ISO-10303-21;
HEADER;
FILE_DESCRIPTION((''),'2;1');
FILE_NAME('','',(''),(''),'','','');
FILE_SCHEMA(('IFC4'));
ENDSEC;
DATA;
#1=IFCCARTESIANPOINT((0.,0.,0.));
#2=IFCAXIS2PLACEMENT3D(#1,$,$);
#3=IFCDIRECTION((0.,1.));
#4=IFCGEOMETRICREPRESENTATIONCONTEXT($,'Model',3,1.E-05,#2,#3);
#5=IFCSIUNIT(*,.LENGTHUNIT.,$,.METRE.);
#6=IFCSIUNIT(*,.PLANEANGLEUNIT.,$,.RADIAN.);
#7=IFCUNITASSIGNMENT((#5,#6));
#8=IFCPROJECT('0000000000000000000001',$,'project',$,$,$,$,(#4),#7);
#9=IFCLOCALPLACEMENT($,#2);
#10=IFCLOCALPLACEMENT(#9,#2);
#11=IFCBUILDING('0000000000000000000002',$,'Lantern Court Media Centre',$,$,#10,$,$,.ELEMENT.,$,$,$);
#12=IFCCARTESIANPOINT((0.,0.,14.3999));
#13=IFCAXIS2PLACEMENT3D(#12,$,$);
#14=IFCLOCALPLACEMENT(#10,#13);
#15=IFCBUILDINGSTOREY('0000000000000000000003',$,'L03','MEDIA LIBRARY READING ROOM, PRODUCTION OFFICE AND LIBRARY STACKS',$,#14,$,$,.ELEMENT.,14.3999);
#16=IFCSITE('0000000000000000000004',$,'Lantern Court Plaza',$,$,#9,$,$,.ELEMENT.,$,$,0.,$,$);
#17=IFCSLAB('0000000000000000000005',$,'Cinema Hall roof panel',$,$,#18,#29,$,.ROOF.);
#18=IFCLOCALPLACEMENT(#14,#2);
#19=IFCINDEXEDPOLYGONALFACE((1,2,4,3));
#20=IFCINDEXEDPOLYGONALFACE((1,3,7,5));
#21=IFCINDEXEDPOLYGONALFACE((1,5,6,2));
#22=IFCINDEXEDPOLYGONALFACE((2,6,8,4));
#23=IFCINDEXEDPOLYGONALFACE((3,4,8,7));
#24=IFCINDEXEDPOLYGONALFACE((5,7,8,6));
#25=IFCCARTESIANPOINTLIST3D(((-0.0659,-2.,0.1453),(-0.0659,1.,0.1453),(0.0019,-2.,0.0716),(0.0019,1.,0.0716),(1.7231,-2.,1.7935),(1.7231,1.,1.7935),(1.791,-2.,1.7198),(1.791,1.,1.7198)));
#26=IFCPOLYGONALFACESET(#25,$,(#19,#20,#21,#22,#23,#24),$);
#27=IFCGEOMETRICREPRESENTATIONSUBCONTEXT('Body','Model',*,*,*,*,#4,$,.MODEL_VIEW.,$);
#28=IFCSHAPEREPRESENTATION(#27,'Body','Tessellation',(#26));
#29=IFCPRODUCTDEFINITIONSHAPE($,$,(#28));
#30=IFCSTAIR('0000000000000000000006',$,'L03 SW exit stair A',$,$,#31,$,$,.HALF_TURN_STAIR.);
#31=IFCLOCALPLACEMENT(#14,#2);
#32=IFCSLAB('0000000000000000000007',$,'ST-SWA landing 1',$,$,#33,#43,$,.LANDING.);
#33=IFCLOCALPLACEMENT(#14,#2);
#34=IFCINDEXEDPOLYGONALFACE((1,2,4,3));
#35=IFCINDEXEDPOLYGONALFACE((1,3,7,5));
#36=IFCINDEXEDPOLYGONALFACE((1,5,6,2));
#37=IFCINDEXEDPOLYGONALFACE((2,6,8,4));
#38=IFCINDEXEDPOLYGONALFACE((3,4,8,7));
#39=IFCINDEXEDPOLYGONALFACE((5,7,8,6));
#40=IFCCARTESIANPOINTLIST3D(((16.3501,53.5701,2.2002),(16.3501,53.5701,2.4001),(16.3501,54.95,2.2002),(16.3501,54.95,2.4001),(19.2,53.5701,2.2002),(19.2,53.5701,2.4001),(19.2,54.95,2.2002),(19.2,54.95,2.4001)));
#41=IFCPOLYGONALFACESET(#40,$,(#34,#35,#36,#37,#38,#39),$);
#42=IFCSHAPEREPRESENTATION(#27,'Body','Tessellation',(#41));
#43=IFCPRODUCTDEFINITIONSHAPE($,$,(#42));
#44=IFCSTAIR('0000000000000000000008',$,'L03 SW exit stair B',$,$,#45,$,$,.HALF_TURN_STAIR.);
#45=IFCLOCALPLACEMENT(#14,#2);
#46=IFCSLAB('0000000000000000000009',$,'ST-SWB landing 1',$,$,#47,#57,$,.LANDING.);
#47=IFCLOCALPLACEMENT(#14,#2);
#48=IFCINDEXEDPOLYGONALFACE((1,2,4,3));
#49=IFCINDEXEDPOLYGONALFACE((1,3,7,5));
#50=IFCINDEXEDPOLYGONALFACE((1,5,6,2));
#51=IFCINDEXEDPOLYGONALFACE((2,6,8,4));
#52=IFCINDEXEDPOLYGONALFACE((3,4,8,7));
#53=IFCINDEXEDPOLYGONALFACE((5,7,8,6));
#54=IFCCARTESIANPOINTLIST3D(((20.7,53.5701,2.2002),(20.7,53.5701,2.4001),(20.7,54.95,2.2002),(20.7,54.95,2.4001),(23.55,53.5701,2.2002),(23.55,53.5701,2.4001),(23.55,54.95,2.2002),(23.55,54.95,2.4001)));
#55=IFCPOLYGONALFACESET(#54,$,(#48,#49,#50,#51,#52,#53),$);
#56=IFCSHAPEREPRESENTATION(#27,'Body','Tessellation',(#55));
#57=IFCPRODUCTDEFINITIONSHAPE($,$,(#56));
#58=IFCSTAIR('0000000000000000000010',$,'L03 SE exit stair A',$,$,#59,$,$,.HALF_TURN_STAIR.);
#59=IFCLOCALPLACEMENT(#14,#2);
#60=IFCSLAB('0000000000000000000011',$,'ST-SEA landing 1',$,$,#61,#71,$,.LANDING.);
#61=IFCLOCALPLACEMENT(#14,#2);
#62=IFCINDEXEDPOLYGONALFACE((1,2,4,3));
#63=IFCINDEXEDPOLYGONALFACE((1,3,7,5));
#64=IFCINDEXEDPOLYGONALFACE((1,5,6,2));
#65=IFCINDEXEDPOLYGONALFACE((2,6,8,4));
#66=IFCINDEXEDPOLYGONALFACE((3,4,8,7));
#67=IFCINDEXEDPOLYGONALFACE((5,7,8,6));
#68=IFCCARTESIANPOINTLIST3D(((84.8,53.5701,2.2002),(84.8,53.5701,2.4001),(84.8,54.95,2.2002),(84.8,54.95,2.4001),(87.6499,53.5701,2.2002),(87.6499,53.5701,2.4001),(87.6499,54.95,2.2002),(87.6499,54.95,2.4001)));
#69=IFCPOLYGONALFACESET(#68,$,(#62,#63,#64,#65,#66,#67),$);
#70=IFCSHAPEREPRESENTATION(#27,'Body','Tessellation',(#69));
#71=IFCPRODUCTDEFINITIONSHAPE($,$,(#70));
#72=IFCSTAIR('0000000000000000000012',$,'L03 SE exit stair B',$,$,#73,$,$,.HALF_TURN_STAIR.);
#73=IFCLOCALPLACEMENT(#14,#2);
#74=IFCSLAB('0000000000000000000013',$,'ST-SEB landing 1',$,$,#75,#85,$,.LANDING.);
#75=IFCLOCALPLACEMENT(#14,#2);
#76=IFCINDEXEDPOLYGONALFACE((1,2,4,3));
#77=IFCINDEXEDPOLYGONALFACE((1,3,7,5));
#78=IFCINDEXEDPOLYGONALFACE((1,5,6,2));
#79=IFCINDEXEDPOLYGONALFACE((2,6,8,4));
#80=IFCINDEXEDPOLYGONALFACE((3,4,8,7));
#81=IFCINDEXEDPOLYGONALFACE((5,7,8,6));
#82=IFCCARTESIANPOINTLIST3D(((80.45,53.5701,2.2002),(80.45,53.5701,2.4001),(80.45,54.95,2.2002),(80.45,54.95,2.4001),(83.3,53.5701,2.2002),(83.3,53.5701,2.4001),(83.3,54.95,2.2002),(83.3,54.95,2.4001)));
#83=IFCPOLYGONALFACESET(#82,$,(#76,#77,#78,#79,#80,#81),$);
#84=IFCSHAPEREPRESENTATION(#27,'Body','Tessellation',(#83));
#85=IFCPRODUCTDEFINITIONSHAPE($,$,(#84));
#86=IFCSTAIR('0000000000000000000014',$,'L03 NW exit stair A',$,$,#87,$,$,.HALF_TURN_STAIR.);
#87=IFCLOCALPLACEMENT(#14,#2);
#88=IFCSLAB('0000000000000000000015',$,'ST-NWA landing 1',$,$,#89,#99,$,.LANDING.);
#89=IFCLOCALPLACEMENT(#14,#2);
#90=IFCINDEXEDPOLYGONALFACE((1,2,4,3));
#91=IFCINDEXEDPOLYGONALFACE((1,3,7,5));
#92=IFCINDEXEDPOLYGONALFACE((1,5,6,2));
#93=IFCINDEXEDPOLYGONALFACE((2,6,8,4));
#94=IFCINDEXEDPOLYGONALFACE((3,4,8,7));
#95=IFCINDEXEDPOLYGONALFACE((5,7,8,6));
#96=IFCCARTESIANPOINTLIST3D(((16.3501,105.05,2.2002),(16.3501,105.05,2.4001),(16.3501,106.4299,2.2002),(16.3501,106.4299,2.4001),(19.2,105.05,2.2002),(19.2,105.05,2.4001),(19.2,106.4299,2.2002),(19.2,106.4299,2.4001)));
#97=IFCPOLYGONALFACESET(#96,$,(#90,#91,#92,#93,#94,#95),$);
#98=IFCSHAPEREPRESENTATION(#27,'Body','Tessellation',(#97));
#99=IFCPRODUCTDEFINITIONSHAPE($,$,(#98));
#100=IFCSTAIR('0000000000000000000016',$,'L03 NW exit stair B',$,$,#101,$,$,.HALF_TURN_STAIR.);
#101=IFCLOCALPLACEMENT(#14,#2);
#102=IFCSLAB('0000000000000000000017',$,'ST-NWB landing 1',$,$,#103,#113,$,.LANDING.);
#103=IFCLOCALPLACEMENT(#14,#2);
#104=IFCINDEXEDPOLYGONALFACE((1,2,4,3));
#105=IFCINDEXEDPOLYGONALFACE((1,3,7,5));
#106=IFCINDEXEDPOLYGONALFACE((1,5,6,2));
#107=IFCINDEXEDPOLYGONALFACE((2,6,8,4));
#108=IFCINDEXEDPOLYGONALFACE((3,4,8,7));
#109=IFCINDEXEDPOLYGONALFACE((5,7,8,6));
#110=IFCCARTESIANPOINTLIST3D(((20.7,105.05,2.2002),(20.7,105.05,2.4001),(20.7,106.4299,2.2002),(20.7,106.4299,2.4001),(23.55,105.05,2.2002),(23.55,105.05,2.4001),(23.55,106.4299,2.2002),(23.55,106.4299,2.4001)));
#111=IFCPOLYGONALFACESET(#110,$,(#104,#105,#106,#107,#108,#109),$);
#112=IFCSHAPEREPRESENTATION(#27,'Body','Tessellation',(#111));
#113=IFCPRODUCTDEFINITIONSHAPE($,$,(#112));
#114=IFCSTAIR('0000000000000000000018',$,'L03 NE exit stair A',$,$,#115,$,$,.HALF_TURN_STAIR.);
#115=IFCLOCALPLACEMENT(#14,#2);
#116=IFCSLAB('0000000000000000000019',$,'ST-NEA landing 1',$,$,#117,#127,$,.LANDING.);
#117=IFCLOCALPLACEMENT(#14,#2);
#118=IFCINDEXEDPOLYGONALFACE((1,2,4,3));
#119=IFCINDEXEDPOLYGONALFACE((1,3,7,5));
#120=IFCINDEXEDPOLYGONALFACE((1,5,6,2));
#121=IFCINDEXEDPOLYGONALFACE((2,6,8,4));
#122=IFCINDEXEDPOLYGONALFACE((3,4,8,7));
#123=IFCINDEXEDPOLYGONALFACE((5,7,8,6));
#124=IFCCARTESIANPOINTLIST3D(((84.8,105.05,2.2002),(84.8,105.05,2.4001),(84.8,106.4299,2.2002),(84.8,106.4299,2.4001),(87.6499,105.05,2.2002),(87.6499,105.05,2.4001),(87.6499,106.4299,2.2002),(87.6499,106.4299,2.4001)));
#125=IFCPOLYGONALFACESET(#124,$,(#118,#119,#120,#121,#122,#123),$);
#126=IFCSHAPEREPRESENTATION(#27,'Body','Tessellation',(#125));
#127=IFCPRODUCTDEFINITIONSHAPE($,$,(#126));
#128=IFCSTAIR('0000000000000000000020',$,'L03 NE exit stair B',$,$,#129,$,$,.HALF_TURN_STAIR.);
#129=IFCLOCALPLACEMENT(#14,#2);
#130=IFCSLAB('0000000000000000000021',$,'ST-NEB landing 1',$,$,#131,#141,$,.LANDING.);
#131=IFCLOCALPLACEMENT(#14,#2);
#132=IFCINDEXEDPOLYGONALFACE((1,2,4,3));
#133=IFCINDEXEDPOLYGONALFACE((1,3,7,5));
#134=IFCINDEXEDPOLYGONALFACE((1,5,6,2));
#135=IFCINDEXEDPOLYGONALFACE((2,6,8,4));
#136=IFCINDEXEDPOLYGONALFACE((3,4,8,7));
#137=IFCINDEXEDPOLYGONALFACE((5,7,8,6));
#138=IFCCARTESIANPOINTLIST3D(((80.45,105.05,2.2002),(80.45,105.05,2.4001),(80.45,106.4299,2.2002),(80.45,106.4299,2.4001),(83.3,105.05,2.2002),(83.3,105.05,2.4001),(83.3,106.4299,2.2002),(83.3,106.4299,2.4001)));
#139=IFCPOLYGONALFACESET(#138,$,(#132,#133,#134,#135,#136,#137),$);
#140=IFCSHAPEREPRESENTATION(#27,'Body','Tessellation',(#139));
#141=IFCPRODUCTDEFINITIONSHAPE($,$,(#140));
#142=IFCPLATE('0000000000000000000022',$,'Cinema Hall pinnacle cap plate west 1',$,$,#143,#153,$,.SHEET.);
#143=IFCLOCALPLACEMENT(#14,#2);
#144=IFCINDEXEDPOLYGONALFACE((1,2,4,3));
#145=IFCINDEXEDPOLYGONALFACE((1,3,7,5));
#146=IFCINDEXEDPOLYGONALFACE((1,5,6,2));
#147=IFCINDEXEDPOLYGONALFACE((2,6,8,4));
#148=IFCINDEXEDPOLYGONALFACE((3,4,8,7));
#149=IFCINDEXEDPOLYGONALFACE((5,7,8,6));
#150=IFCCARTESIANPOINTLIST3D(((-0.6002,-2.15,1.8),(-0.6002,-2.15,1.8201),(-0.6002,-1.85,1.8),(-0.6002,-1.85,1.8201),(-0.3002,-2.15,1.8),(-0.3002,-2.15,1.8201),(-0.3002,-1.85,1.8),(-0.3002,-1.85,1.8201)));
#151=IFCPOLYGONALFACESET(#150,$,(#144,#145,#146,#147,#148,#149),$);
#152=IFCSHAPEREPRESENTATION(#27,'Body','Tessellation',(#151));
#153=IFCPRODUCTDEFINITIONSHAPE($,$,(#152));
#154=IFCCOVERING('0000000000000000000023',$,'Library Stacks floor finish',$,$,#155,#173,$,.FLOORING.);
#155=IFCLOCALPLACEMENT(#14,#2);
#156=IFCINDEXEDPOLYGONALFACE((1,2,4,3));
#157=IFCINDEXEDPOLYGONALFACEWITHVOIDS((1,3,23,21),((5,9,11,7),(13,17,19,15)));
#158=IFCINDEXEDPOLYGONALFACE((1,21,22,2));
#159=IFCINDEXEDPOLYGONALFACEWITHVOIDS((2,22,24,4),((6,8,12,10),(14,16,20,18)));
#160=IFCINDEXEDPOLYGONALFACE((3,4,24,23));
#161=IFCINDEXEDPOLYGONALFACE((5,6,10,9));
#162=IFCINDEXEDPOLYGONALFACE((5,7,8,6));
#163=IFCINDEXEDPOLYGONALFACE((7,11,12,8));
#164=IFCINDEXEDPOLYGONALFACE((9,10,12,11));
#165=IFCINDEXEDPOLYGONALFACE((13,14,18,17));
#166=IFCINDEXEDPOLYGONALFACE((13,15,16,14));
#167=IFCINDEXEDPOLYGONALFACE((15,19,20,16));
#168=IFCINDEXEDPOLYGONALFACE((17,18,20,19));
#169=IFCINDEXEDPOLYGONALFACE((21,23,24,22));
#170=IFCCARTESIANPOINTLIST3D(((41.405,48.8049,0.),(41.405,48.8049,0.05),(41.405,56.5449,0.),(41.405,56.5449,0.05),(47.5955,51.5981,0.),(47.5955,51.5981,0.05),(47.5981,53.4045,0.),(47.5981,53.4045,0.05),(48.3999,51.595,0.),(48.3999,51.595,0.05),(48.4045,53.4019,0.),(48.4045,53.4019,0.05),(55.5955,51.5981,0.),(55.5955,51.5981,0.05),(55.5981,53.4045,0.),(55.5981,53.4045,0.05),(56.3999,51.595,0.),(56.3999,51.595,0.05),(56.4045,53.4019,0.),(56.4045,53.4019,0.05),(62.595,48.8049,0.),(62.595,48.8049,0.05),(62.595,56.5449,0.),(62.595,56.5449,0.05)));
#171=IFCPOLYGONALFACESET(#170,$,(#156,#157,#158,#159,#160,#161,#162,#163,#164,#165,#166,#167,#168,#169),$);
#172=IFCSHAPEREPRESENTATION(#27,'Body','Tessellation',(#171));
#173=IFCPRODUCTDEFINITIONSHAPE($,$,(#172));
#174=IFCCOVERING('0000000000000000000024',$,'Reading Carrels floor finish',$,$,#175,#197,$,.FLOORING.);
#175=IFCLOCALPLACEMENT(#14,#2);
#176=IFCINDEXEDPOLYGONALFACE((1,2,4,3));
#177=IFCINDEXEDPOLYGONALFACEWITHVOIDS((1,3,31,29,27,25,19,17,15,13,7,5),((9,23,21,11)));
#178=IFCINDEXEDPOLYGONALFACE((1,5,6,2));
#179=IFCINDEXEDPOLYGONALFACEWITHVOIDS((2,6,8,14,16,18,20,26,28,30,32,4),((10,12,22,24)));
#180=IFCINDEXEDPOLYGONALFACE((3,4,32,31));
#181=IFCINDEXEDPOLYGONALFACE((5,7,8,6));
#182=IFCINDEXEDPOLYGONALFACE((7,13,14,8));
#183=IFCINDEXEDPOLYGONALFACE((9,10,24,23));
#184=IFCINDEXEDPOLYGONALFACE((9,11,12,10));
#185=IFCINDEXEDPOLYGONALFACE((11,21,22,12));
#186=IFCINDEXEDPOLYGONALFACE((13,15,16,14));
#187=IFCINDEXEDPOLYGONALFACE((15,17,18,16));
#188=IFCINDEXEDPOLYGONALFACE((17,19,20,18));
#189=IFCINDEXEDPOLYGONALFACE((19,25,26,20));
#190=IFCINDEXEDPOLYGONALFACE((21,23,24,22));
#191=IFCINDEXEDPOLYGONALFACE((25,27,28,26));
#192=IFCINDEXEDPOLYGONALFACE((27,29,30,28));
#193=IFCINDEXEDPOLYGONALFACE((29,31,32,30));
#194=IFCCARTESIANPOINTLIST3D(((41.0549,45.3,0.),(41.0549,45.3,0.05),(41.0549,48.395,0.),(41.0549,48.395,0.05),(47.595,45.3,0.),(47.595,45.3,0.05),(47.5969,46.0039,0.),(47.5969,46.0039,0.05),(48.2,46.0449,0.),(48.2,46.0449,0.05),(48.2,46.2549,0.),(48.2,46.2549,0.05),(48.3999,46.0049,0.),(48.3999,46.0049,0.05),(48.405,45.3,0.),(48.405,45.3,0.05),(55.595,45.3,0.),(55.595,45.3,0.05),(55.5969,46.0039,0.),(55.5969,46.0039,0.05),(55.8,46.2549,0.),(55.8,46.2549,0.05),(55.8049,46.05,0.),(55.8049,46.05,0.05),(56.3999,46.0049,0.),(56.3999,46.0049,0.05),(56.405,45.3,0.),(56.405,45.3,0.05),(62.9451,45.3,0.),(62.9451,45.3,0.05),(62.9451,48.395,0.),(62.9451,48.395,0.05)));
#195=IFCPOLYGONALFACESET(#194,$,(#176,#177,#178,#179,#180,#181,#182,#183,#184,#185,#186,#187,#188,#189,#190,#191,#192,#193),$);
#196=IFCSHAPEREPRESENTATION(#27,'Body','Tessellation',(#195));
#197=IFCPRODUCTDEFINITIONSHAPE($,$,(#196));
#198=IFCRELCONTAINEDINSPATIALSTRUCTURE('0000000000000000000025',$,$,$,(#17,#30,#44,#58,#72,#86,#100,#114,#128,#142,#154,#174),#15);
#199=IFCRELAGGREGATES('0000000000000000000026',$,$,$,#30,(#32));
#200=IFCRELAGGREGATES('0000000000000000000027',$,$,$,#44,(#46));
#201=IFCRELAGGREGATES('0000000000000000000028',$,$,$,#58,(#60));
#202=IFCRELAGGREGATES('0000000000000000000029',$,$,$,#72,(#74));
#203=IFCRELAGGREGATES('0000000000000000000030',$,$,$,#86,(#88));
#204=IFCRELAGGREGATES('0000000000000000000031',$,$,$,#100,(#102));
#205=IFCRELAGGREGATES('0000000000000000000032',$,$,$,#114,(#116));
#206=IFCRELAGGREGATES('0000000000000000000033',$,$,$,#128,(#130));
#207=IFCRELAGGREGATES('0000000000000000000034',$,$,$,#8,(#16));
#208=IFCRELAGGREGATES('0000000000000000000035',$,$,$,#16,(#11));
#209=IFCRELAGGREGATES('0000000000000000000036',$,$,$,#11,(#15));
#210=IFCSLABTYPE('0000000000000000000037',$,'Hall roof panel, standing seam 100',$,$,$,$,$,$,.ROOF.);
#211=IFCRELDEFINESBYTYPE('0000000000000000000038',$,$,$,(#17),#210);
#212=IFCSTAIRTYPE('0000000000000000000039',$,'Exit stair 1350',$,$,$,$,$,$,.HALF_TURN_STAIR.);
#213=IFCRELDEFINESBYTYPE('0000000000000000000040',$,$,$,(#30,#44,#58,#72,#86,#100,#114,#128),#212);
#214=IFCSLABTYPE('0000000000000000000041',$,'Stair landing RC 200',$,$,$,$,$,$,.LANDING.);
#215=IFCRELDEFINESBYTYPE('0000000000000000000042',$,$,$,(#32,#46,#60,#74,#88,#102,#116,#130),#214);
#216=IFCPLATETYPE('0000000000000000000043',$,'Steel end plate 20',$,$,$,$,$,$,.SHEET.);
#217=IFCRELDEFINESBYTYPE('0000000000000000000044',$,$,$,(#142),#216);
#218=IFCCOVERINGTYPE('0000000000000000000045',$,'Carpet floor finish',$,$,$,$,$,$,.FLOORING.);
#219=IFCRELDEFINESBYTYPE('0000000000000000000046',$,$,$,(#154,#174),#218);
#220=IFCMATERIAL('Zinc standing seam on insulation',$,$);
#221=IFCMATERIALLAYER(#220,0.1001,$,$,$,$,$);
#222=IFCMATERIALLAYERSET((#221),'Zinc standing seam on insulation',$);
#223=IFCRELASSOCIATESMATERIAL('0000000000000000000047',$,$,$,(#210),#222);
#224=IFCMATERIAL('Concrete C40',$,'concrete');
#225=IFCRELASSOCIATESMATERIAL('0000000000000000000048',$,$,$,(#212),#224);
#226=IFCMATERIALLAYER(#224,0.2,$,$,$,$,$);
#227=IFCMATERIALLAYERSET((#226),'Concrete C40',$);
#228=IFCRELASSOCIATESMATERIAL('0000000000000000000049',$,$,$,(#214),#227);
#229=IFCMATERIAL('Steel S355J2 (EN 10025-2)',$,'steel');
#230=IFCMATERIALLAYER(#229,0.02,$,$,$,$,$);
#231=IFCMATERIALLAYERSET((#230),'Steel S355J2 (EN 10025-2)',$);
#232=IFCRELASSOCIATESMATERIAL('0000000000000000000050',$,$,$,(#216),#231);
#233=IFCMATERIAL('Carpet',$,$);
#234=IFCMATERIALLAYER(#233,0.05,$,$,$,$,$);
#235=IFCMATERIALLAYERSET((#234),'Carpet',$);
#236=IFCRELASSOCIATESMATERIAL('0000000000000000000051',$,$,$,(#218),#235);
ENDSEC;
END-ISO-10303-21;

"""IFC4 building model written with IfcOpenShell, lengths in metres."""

from ifc_helpers import new_model, si_unit, direction, frame, origin, origin_2d, place, context, subcontext, project, spatial, polyline, rectangle, outline, extrude, material, layer, layer_set, type_object, element, aggregate, save


model = new_model("IFC4")

# Units and contexts
model_context = context("Model", 3, precision=1e-05, world=origin(), true_north=direction((0.0, 1.0)))
body_context = subcontext(model_context, "Body", "Model", "MODEL_VIEW")
ifc_project = project(units=[si_unit("LENGTHUNIT", "METRE"), si_unit("PLANEANGLEUNIT", "RADIAN")], contexts=[model_context])

# Site, building, storey
site_placement = place(None, origin())
site = spatial("IfcSite", under=ifc_project, at=site_placement, Name="Lantern Court Plaza", CompositionType="ELEMENT", RefElevation=0.0)
building_placement = place(site_placement, origin())
building = spatial("IfcBuilding", under=site, at=building_placement, Name="Lantern Court Media Centre", CompositionType="ELEMENT")
storey_placement = place(building_placement, frame((0.0, 0.0, 14.3999)))
storey = spatial("IfcBuildingStorey", under=building, at=storey_placement, Name="L03", Description="MEDIA LIBRARY READING ROOM, PRODUCTION OFFICE AND LIBRARY STACKS", CompositionType="ELEMENT", Elevation=14.3999)

# Slab
ifc_material_1 = material(Name="Zinc standing seam on insulation")
ifc_layer_1 = layer(ifc_material_1, 0.1001)
ifc_layer_set_1 = layer_set([ifc_layer_1], Name="Zinc standing seam on insulation")
slab_type_1 = type_object("IfcSlabType", Name="Hall roof panel, standing seam 100", PredefinedType="ROOF", material=ifc_layer_set_1)
slab_1_placement = place(storey_placement, frame((-0.0659, -2.0, 0.1453), z_axis=(-0.677559, 0.0, 0.735469), x_axis=(0.735469, 0.0, 0.677559)))
element("IfcSlab", 1, at=slab_1_placement, inside=storey, type_object=slab_type_1, Name="Cinema Hall roof panel", PredefinedType="ROOF", context=body_context, shape_type="SweptSolid", body=[
    extrude(outline(polyline([(0.0, 0.0), (2.4325, 0.0), (2.4325, 3.0), (0.0, 3.0), (0.0, 0.0)])), origin(), (0.0, 0.0, -1.0), 0.1001),
])

# Stairs, slabs
ifc_material_2 = material(Name="Concrete C40", Category="concrete")
stair_type = type_object("IfcStairType", Name="Exit stair 1350", PredefinedType="HALF_TURN_STAIR", material=ifc_material_2)
stair_1_placement = place(storey_placement, origin())
stair_1 = element("IfcStair", 2, at=stair_1_placement, inside=storey, type_object=stair_type, Name="L03 SW exit stair A", PredefinedType="HALF_TURN_STAIR")
ifc_layer_2 = layer(ifc_material_2, 0.2)
ifc_layer_set_2 = layer_set([ifc_layer_2], Name="Concrete C40")
slab_type_2 = type_object("IfcSlabType", Name="Stair landing RC 200", PredefinedType="LANDING", material=ifc_layer_set_2)
slab_2_placement = place(storey_placement, frame((0.0, 0.0, 2.2002)))
slab_2 = element("IfcSlab", 3, at=slab_2_placement, type_object=slab_type_2, Name="ST-SWA landing 1", PredefinedType="LANDING", context=body_context, shape_type="SweptSolid", body=[
    extrude(outline(polyline([(19.2, 53.5701), (19.2, 54.95), (16.3501, 54.95), (16.3501, 53.5701), (19.2, 53.5701)])), origin(), (0.0, 0.0, 1.0), 0.2),
])
aggregate(stair_1, [slab_2])
stair_2_placement = place(storey_placement, origin())
stair_2 = element("IfcStair", 4, at=stair_2_placement, inside=storey, type_object=stair_type, Name="L03 SW exit stair B", PredefinedType="HALF_TURN_STAIR")
slab_3_placement = place(storey_placement, frame((0.0, 0.0, 2.2002)))
slab_3 = element("IfcSlab", 5, at=slab_3_placement, type_object=slab_type_2, Name="ST-SWB landing 1", PredefinedType="LANDING", context=body_context, shape_type="SweptSolid", body=[
    extrude(outline(polyline([(23.55, 53.5701), (23.55, 54.95), (20.7, 54.95), (20.7, 53.5701), (23.55, 53.5701)])), origin(), (0.0, 0.0, 1.0), 0.2),
])
aggregate(stair_2, [slab_3])
stair_3_placement = place(storey_placement, origin())
stair_3 = element("IfcStair", 6, at=stair_3_placement, inside=storey, type_object=stair_type, Name="L03 SE exit stair A", PredefinedType="HALF_TURN_STAIR")
slab_4_placement = place(storey_placement, frame((0.0, 0.0, 2.2002)))
slab_4 = element("IfcSlab", 7, at=slab_4_placement, type_object=slab_type_2, Name="ST-SEA landing 1", PredefinedType="LANDING", context=body_context, shape_type="SweptSolid", body=[
    extrude(outline(polyline([(87.6499, 53.5701), (87.6499, 54.95), (84.8, 54.95), (84.8, 53.5701), (87.6499, 53.5701)])), origin(), (0.0, 0.0, 1.0), 0.2),
])
aggregate(stair_3, [slab_4])
stair_4_placement = place(storey_placement, origin())
stair_4 = element("IfcStair", 8, at=stair_4_placement, inside=storey, type_object=stair_type, Name="L03 SE exit stair B", PredefinedType="HALF_TURN_STAIR")
slab_5_placement = place(storey_placement, frame((0.0, 0.0, 2.2002)))
slab_5 = element("IfcSlab", 9, at=slab_5_placement, type_object=slab_type_2, Name="ST-SEB landing 1", PredefinedType="LANDING", context=body_context, shape_type="SweptSolid", body=[
    extrude(outline(polyline([(83.3, 53.5701), (83.3, 54.95), (80.45, 54.95), (80.45, 53.5701), (83.3, 53.5701)])), origin(), (0.0, 0.0, 1.0), 0.2),
])
aggregate(stair_4, [slab_5])
stair_5_placement = place(storey_placement, origin())
stair_5 = element("IfcStair", 10, at=stair_5_placement, inside=storey, type_object=stair_type, Name="L03 NW exit stair A", PredefinedType="HALF_TURN_STAIR")
slab_6_placement = place(storey_placement, frame((0.0, 0.0, 2.2002)))
slab_6 = element("IfcSlab", 11, at=slab_6_placement, type_object=slab_type_2, Name="ST-NWA landing 1", PredefinedType="LANDING", context=body_context, shape_type="SweptSolid", body=[
    extrude(outline(polyline([(16.3501, 106.4299), (16.3501, 105.05), (19.2, 105.05), (19.2, 106.4299), (16.3501, 106.4299)])), origin(), (0.0, 0.0, 1.0), 0.2),
])
aggregate(stair_5, [slab_6])
stair_6_placement = place(storey_placement, origin())
stair_6 = element("IfcStair", 12, at=stair_6_placement, inside=storey, type_object=stair_type, Name="L03 NW exit stair B", PredefinedType="HALF_TURN_STAIR")
slab_7_placement = place(storey_placement, frame((0.0, 0.0, 2.2002)))
slab_7 = element("IfcSlab", 13, at=slab_7_placement, type_object=slab_type_2, Name="ST-NWB landing 1", PredefinedType="LANDING", context=body_context, shape_type="SweptSolid", body=[
    extrude(outline(polyline([(20.7, 106.4299), (20.7, 105.05), (23.55, 105.05), (23.55, 106.4299), (20.7, 106.4299)])), origin(), (0.0, 0.0, 1.0), 0.2),
])
aggregate(stair_6, [slab_7])
stair_7_placement = place(storey_placement, origin())
stair_7 = element("IfcStair", 14, at=stair_7_placement, inside=storey, type_object=stair_type, Name="L03 NE exit stair A", PredefinedType="HALF_TURN_STAIR")
slab_8_placement = place(storey_placement, frame((0.0, 0.0, 2.2002)))
slab_8 = element("IfcSlab", 15, at=slab_8_placement, type_object=slab_type_2, Name="ST-NEA landing 1", PredefinedType="LANDING", context=body_context, shape_type="SweptSolid", body=[
    extrude(outline(polyline([(84.8, 106.4299), (84.8, 105.05), (87.6499, 105.05), (87.6499, 106.4299), (84.8, 106.4299)])), origin(), (0.0, 0.0, 1.0), 0.2),
])
aggregate(stair_7, [slab_8])
stair_8_placement = place(storey_placement, origin())
stair_8 = element("IfcStair", 16, at=stair_8_placement, inside=storey, type_object=stair_type, Name="L03 NE exit stair B", PredefinedType="HALF_TURN_STAIR")
slab_9_placement = place(storey_placement, frame((0.0, 0.0, 2.2002)))
slab_9 = element("IfcSlab", 17, at=slab_9_placement, type_object=slab_type_2, Name="ST-NEB landing 1", PredefinedType="LANDING", context=body_context, shape_type="SweptSolid", body=[
    extrude(outline(polyline([(80.45, 106.4299), (80.45, 105.05), (83.3, 105.05), (83.3, 106.4299), (80.45, 106.4299)])), origin(), (0.0, 0.0, 1.0), 0.2),
])
aggregate(stair_8, [slab_9])

# Plate
ifc_material_3 = material(Name="Steel S355J2 (EN 10025-2)", Category="steel")
ifc_layer_3 = layer(ifc_material_3, 0.02)
ifc_layer_set_3 = layer_set([ifc_layer_3], Name="Steel S355J2 (EN 10025-2)")
plate_type = type_object("IfcPlateType", Name="Steel end plate 20", PredefinedType="SHEET", material=ifc_layer_set_3)
plate_placement = place(storey_placement, frame((-0.4502, -2.0, 1.8), z_axis=(0.0, 0.0, 1.0), x_axis=(1.0, 0.0, 0.0)))
element("IfcPlate", 18, at=plate_placement, inside=storey, type_object=plate_type, Name="Cinema Hall pinnacle cap plate west 1", PredefinedType="SHEET", context=body_context, shape_type="SweptSolid", body=[
    extrude(rectangle(XDim=0.3, YDim=0.3, at=origin_2d()), origin(), (0.0, 0.0, 1.0), 0.02),
])

# Coverings
ifc_material_4 = material(Name="Carpet")
ifc_layer_4 = layer(ifc_material_4, 0.05)
ifc_layer_set_4 = layer_set([ifc_layer_4], Name="Carpet")
covering_type_1 = type_object("IfcCoveringType", Name="Carpet floor finish", PredefinedType="FLOORING", material=ifc_layer_set_4)
covering_1_placement = place(storey_placement, origin())
element("IfcCovering", 19, at=covering_1_placement, inside=storey, type_object=covering_type_1, Name="Library Stacks floor finish", PredefinedType="FLOORING", context=body_context, shape_type="SweptSolid", body=[
    extrude(outline(polyline([(41.405, 56.5449), (62.595, 56.5449), (62.595, 48.8049), (41.405, 48.8049), (41.405, 56.5449)]), holes=[polyline([(56.3999, 51.595), (56.4045, 53.4019), (55.5981, 53.4045), (55.5955, 51.5981), (56.3999, 51.595)]), polyline([(48.3999, 51.595), (48.4045, 53.4019), (47.5981, 53.4045), (47.5955, 51.5981), (48.3999, 51.595)])]), origin(), (0.0, 0.0, 1.0), 0.05),
])
covering_2_placement = place(storey_placement, origin())
element("IfcCovering", 20, at=covering_2_placement, inside=storey, type_object=covering_type_1, Name="Reading Carrels floor finish", PredefinedType="FLOORING", context=body_context, shape_type="SweptSolid", body=[
    extrude(outline(polyline([(41.0549, 45.3), (41.0549, 48.395), (62.9451, 48.395), (62.9451, 45.3), (56.405, 45.3), (56.3999, 46.0049), (55.5969, 46.0039), (55.595, 45.3), (48.405, 45.3), (48.3999, 46.0049), (47.5969, 46.0039), (47.595, 45.3), (41.0549, 45.3)]), holes=[polyline([(48.2, 46.2549), (48.2, 46.0449), (55.8049, 46.05), (55.8, 46.2549), (48.2, 46.2549)])]), origin(), (0.0, 0.0, 1.0), 0.05),
])

save(model, "model.ifc")
